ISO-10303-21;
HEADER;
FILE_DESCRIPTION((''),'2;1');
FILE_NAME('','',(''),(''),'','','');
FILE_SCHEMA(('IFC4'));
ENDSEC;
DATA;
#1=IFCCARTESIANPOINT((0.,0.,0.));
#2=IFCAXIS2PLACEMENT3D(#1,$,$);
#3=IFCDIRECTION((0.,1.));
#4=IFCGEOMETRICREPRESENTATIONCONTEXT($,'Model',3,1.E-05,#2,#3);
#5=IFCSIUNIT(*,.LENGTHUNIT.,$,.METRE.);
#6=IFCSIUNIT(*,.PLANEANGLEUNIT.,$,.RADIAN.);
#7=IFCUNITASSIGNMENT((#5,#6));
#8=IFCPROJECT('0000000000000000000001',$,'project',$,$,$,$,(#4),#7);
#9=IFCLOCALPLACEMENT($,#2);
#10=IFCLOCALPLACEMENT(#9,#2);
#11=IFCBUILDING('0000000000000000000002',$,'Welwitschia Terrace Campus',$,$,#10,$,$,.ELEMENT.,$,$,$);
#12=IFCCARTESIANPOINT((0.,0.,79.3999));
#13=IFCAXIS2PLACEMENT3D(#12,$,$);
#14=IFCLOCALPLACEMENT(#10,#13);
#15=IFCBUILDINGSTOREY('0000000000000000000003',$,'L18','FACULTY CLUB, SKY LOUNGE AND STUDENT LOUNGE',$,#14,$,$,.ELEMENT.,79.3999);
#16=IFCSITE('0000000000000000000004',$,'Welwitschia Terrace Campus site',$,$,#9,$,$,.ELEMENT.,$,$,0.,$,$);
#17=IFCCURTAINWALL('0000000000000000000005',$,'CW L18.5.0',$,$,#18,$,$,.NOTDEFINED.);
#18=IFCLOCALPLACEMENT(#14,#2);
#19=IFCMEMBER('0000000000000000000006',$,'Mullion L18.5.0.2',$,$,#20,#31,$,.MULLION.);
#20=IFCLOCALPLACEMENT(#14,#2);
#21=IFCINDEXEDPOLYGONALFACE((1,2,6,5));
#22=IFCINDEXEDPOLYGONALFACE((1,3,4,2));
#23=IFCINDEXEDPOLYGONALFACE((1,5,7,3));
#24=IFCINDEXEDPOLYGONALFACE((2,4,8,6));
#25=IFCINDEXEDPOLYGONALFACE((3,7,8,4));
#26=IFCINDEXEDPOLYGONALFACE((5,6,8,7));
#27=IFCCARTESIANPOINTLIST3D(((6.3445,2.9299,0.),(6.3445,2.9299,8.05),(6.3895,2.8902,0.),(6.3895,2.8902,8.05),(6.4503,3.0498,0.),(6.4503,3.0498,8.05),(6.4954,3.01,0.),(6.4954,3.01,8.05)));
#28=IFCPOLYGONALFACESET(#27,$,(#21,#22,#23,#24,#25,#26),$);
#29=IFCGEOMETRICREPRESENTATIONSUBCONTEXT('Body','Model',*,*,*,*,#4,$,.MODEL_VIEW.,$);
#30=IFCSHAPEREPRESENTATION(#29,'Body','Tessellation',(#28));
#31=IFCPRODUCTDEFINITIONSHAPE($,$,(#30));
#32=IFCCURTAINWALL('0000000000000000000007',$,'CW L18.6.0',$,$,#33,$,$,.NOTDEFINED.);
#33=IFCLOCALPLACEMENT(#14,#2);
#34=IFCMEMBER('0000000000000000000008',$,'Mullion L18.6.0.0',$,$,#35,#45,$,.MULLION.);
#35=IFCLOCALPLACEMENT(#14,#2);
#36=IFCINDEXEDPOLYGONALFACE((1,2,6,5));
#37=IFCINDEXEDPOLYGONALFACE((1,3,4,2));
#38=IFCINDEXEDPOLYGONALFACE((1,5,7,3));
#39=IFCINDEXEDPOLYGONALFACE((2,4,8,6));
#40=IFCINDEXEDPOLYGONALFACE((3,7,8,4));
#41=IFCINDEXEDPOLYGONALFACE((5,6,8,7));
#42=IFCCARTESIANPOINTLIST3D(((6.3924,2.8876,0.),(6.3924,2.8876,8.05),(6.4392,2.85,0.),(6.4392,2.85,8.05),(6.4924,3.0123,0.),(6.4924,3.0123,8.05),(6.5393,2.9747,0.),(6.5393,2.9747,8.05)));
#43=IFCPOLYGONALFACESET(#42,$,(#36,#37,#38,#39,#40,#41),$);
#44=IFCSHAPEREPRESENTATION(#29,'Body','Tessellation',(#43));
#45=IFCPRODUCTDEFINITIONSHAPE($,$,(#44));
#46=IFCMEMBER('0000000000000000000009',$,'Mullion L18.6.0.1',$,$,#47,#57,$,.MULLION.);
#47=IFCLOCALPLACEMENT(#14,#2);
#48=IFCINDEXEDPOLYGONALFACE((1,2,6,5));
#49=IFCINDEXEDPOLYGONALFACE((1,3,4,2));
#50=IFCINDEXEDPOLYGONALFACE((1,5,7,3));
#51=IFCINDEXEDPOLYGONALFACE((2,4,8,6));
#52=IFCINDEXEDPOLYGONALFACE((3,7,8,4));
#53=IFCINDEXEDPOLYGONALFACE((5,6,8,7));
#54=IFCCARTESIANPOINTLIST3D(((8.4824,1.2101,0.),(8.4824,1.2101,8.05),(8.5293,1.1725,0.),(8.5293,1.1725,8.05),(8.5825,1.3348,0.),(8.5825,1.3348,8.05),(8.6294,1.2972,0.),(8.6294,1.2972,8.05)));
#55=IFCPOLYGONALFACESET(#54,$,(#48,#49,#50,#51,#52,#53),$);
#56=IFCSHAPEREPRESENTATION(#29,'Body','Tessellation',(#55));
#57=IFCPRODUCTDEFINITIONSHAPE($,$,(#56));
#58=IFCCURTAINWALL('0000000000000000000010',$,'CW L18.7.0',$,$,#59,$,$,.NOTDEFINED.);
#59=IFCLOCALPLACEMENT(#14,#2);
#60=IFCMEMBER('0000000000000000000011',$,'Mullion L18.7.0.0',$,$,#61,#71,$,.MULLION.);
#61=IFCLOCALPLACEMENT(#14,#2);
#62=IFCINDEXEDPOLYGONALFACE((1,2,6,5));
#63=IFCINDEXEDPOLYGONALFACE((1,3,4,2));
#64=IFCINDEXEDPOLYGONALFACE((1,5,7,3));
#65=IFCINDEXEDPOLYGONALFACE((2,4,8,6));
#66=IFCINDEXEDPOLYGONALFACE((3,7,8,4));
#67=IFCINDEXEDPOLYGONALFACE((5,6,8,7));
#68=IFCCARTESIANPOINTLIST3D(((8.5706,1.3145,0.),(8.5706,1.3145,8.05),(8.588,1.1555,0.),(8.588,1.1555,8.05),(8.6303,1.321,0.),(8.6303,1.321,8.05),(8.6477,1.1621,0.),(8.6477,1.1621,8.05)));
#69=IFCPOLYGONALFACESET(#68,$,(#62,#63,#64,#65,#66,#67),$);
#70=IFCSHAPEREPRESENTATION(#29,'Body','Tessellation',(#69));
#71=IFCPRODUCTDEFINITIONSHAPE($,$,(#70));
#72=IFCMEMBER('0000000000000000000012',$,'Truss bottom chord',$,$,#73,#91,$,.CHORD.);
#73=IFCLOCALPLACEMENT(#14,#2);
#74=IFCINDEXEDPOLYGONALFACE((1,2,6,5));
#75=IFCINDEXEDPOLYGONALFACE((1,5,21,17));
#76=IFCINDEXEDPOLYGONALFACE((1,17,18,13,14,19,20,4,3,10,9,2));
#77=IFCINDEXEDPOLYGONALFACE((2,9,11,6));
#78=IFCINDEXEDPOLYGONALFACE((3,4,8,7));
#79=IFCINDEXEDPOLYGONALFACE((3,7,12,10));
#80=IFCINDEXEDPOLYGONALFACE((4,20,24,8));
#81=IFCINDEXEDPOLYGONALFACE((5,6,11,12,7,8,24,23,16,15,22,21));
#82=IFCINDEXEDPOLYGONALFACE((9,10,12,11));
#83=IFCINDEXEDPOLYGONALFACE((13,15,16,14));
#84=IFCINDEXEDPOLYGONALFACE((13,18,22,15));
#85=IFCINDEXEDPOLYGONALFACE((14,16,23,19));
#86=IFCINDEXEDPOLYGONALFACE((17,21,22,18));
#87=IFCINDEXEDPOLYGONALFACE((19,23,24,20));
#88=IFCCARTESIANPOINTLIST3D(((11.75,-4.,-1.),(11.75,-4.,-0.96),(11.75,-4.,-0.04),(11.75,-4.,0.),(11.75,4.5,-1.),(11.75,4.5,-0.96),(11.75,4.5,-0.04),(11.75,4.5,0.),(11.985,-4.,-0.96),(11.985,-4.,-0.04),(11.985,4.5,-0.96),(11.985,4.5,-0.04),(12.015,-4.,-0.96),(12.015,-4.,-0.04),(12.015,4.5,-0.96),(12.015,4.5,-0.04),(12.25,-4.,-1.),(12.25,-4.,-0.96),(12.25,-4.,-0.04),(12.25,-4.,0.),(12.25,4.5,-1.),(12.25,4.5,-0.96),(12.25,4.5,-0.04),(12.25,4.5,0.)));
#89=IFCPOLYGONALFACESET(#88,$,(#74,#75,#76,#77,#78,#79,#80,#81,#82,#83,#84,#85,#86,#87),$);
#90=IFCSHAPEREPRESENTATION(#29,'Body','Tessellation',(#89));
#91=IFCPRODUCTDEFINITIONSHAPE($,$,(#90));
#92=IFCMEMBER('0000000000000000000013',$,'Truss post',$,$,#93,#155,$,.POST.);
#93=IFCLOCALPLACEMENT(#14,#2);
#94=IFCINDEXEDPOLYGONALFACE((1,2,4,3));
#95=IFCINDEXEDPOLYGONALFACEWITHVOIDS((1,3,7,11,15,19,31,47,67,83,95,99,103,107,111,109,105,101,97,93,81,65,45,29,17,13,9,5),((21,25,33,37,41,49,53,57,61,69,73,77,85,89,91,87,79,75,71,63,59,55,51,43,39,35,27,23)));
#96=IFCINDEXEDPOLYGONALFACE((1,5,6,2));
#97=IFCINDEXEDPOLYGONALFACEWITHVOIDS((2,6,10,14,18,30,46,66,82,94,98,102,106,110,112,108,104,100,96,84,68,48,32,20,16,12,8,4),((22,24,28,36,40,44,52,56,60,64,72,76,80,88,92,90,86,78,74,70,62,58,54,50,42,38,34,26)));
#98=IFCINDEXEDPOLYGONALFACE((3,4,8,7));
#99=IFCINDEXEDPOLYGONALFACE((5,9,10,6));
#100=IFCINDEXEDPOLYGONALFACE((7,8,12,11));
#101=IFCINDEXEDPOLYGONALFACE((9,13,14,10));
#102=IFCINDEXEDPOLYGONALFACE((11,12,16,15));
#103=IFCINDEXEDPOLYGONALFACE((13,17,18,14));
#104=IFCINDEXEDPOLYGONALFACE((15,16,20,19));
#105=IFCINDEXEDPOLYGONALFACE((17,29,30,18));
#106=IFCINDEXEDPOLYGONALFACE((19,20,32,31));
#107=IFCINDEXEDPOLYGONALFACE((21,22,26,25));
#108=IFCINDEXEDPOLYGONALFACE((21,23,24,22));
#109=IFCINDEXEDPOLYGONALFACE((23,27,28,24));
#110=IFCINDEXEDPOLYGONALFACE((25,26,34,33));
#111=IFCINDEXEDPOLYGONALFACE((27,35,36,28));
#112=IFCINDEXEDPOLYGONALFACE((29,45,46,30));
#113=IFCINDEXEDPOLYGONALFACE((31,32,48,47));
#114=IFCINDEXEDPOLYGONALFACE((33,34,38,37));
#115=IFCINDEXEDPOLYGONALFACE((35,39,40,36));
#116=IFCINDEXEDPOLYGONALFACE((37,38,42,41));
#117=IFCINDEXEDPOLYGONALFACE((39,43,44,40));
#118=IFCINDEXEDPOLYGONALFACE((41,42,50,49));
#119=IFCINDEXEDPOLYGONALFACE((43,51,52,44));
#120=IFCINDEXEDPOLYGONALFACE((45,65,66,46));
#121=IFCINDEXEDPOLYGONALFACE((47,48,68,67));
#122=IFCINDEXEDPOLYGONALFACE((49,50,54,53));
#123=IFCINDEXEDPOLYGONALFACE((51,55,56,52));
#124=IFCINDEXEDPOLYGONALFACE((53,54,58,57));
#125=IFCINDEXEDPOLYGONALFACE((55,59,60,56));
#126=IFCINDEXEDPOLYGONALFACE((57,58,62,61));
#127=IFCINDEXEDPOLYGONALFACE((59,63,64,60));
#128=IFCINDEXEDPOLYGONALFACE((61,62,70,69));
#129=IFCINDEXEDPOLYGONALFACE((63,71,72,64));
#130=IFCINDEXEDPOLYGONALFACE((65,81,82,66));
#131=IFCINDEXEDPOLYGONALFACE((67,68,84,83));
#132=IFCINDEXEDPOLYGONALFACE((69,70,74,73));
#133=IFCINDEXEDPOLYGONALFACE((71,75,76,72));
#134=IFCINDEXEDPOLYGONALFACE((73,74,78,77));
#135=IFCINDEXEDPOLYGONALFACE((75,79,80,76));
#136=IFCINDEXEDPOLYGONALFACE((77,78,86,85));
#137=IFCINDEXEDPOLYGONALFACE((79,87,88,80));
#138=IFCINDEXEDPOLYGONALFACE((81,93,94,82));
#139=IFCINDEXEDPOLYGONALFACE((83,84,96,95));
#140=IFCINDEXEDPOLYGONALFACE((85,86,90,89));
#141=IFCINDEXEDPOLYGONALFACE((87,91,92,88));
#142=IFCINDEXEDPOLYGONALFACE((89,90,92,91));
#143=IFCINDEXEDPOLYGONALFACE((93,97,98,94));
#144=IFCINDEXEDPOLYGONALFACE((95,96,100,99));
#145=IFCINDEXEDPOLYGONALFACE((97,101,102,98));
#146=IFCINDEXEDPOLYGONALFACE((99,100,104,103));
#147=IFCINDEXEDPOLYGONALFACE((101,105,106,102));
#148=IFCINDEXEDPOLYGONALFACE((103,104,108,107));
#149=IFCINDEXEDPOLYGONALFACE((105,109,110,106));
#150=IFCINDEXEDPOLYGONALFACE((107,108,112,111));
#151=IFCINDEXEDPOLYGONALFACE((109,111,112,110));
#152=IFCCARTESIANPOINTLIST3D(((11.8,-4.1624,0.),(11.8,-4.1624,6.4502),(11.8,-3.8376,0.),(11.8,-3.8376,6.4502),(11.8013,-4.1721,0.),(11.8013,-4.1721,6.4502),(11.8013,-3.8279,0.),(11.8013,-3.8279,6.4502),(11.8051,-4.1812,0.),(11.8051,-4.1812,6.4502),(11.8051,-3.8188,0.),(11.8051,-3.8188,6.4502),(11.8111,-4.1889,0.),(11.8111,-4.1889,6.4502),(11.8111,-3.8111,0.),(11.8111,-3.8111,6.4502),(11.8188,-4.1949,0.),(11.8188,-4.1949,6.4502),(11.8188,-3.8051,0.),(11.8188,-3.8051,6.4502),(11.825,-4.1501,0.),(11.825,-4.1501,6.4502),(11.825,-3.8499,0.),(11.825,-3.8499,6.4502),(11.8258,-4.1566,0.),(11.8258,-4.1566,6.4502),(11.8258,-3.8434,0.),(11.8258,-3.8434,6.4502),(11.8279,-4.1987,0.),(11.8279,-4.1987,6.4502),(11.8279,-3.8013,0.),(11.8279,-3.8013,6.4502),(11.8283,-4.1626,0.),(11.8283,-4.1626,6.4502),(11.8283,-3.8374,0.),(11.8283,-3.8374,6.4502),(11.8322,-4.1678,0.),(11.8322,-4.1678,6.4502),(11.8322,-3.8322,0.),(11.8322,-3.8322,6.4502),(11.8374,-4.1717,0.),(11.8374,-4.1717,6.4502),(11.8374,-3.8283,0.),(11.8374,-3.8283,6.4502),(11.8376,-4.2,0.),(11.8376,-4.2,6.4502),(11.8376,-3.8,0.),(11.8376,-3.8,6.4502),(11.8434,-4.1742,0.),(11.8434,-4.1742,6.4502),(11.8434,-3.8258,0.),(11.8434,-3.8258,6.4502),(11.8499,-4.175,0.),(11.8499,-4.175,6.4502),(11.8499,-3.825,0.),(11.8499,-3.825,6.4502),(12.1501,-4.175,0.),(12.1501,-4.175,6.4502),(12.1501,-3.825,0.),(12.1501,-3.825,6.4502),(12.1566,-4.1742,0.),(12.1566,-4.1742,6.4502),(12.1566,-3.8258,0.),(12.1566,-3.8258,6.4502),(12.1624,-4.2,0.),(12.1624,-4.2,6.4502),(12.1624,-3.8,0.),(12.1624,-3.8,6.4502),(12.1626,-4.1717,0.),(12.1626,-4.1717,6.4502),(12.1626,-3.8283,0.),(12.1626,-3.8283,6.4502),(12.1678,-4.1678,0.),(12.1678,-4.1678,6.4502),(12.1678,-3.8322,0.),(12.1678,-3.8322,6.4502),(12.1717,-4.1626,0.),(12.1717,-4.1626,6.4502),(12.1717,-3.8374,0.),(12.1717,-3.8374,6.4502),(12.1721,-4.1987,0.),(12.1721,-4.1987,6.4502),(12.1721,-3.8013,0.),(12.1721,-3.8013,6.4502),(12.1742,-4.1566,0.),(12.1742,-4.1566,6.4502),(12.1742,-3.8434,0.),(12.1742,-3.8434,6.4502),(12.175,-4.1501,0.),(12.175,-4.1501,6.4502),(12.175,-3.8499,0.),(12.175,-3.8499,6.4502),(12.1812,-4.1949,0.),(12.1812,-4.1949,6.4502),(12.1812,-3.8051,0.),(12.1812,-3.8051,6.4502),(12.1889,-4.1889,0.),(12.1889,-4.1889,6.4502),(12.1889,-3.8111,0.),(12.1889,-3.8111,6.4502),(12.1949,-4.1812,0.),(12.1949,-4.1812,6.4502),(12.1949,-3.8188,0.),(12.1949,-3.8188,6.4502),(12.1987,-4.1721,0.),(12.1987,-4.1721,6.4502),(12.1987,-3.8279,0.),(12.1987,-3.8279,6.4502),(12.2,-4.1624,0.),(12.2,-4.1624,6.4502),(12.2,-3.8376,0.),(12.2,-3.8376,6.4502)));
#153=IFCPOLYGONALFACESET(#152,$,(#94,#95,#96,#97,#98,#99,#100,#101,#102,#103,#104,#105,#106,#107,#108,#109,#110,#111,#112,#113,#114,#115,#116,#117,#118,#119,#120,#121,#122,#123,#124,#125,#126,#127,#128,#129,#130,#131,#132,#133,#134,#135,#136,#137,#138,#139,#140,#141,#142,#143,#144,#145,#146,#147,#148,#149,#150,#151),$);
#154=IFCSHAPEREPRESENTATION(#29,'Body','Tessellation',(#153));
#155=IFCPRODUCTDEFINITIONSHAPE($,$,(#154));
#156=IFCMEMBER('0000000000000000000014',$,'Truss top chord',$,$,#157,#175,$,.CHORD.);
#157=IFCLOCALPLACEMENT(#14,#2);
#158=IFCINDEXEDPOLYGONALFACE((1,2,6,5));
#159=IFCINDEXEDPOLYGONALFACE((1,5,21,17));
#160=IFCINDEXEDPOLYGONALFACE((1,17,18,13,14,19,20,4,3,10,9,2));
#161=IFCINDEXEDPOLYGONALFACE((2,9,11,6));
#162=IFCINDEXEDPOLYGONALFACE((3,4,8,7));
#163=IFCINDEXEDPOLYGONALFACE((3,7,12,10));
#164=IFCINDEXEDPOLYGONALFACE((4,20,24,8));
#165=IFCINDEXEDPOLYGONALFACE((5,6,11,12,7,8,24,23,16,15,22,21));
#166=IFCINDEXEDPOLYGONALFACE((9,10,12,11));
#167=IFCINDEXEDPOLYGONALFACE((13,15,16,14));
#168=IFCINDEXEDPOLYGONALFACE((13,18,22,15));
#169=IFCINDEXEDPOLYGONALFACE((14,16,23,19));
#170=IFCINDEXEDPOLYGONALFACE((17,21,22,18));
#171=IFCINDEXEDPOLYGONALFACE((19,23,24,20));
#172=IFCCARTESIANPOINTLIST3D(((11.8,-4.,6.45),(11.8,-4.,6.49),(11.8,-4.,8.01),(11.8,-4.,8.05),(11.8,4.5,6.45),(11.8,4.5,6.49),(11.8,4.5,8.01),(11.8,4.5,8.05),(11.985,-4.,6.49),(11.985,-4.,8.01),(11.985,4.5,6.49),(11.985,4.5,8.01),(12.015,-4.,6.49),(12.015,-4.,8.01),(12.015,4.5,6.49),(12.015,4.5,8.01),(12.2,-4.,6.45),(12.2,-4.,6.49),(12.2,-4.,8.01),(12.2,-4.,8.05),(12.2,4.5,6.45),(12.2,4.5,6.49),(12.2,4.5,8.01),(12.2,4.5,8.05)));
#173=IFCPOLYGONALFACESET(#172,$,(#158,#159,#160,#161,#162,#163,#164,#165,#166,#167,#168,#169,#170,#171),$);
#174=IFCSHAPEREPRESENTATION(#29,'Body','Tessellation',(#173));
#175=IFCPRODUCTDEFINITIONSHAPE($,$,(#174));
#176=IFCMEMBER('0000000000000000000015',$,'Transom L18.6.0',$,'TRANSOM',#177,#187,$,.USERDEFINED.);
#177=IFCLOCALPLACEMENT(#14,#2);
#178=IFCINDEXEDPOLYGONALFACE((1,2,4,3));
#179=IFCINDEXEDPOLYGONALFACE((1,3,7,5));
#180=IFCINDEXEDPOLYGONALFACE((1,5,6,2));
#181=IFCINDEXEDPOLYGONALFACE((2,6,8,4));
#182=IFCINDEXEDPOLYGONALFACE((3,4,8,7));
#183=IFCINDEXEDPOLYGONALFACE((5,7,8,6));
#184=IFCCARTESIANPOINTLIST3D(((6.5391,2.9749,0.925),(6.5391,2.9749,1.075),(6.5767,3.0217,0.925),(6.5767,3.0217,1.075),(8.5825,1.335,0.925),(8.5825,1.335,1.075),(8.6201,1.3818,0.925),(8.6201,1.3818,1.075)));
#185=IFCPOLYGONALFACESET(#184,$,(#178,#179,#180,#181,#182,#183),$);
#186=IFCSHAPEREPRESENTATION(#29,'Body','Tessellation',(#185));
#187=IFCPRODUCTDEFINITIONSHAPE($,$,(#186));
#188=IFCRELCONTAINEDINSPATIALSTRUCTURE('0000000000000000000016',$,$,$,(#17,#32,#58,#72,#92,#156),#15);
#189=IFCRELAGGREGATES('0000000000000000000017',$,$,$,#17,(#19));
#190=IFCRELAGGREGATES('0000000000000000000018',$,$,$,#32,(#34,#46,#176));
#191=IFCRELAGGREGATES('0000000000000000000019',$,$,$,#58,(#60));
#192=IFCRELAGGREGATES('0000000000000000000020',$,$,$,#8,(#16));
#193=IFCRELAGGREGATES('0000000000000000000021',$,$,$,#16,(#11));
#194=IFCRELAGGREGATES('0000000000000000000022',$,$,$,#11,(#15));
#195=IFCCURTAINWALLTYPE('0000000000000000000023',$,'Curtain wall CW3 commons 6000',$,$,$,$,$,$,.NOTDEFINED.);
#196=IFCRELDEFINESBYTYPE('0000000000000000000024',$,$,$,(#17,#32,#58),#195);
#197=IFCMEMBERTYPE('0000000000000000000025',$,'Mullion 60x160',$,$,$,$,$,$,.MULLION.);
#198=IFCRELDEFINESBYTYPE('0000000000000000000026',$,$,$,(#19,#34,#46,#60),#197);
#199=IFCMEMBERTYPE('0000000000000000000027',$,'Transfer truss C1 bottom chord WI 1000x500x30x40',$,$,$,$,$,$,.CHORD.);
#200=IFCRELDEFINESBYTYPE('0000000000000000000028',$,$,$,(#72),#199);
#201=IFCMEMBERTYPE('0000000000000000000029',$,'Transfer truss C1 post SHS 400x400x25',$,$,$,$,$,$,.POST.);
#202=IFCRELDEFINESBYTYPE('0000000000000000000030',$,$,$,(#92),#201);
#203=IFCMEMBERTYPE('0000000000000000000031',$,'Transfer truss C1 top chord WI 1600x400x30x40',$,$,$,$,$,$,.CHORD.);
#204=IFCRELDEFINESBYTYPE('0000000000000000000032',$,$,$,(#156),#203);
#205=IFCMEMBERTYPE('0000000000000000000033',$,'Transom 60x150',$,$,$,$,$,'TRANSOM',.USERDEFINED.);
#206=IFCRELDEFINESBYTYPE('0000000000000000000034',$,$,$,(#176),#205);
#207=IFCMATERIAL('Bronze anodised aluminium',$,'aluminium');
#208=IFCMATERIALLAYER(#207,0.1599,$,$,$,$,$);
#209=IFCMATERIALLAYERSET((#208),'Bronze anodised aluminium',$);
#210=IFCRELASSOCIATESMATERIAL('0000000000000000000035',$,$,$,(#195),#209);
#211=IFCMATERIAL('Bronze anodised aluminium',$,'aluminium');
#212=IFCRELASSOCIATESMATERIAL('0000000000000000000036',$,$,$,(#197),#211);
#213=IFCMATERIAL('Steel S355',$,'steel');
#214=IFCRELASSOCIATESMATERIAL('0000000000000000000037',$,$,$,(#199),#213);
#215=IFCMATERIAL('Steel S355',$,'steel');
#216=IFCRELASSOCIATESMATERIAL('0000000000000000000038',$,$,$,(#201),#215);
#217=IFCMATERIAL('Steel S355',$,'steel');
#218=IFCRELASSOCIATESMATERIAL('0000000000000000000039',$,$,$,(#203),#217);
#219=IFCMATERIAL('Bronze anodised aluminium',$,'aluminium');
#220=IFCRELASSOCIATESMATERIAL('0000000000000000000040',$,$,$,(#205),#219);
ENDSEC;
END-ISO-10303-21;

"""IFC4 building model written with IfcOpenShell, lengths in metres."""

from ifc_helpers import new_model, si_unit, direction, frame, origin, origin_2d, place, context, subcontext, project, spatial, rectangle, hollow_rectangle, i_section, extrude, material, layer, layer_set, material_profile, profile_set, type_object, element, aggregate, save


model = new_model("IFC4")

# Units and contexts
model_context = context("Model", 3, precision=1e-05, world=origin(), true_north=direction((0.0, 1.0)))
body_context = subcontext(model_context, "Body", "Model", "MODEL_VIEW")
ifc_project = project(units=[si_unit("LENGTHUNIT", "METRE"), si_unit("PLANEANGLEUNIT", "RADIAN")], contexts=[model_context])

# Site, building, storey
site_placement = place(None, origin())
site = spatial("IfcSite", under=ifc_project, at=site_placement, Name="Welwitschia Terrace Campus site", CompositionType="ELEMENT", RefElevation=0.0)
building_placement = place(site_placement, origin())
building = spatial("IfcBuilding", under=site, at=building_placement, Name="Welwitschia Terrace Campus", CompositionType="ELEMENT")
storey_placement = place(building_placement, frame((0.0, 0.0, 79.3999)))
storey = spatial("IfcBuildingStorey", under=building, at=storey_placement, Name="L18", Description="FACULTY CLUB, SKY LOUNGE AND STUDENT LOUNGE", CompositionType="ELEMENT", Elevation=79.3999)

# Curtain wall, member
ifc_material_1 = material(Name="Bronze anodised aluminium", Category="aluminium")
ifc_layer_1 = layer(ifc_material_1, 0.1599)
ifc_layer_set_1 = layer_set([ifc_layer_1], Name="Bronze anodised aluminium")
curtain_wall_type = type_object("IfcCurtainWallType", Name="Curtain wall CW3 commons 6000", PredefinedType="NOTDEFINED", material=ifc_layer_set_1)
curtain_wall_1_placement = place(storey_placement, origin())
curtain_wall_1 = element("IfcCurtainWall", 1, at=curtain_wall_1_placement, inside=storey, type_object=curtain_wall_type, Name="CW L18.5.0", PredefinedType="NOTDEFINED")
ifc_material_2 = material(Name="Bronze anodised aluminium", Category="aluminium")
ifc_material_profile_1 = material_profile(ifc_material_2, rectangle(XDim=0.1599, YDim=0.0601, at=origin_2d()))
ifc_profile_set_1 = profile_set([ifc_material_profile_1], Name="Bronze anodised aluminium")
member_type_1 = type_object("IfcMemberType", Name="Mullion 60x160", PredefinedType="MULLION", material=ifc_profile_set_1)
member_1_placement = place(storey_placement, frame((6.4199, 2.97, 0.0), z_axis=(0.0, 0.0, 1.0), x_axis=(0.661858, 0.74963, 0.0)))
member_1 = element("IfcMember", 2, at=member_1_placement, type_object=member_type_1, Name="Mullion L18.5.0.2", PredefinedType="MULLION", context=body_context, shape_type="SweptSolid", body=[
    extrude(rectangle(XDim=0.1599, YDim=0.0601, at=origin_2d()), origin(), (0.0, 0.0, 1.0), 8.05),
])
aggregate(curtain_wall_1, [member_1])

# Curtain wall, members
curtain_wall_2_placement = place(storey_placement, origin())
curtain_wall_2 = element("IfcCurtainWall", 3, at=curtain_wall_2_placement, inside=storey, type_object=curtain_wall_type, Name="CW L18.6.0", PredefinedType="NOTDEFINED")
member_2_placement = place(storey_placement, frame((6.4658, 2.9312, 0.0), z_axis=(0.0, 0.0, 1.0), x_axis=(0.625923, 0.779884, 0.0)))
member_2 = element("IfcMember", 4, at=member_2_placement, type_object=member_type_1, Name="Mullion L18.6.0.0", PredefinedType="MULLION", context=body_context, shape_type="SweptSolid", body=[
    extrude(rectangle(XDim=0.1599, YDim=0.0601, at=origin_2d()), origin(), (0.0, 0.0, 1.0), 8.05),
])
member_3_placement = place(storey_placement, frame((8.5559, 1.2537, 0.0), z_axis=(0.0, 0.0, 1.0), x_axis=(0.625923, 0.779884, 0.0)))
member_3 = element("IfcMember", 5, at=member_3_placement, type_object=member_type_1, Name="Mullion L18.6.0.1", PredefinedType="MULLION", context=body_context, shape_type="SweptSolid", body=[
    extrude(rectangle(XDim=0.1599, YDim=0.0601, at=origin_2d()), origin(), (0.0, 0.0, 1.0), 8.05),
])

# Curtain wall, member
curtain_wall_3_placement = place(storey_placement, origin())
curtain_wall_3 = element("IfcCurtainWall", 6, at=curtain_wall_3_placement, inside=storey, type_object=curtain_wall_type, Name="CW L18.7.0", PredefinedType="NOTDEFINED")
member_4_placement = place(storey_placement, frame((8.6091, 1.2383, 0.0), z_axis=(0.0, 0.0, 1.0), x_axis=(-0.108867, 0.994056, 0.0)))
member_4 = element("IfcMember", 7, at=member_4_placement, type_object=member_type_1, Name="Mullion L18.7.0.0", PredefinedType="MULLION", context=body_context, shape_type="SweptSolid", body=[
    extrude(rectangle(XDim=0.1599, YDim=0.0601, at=origin_2d()), origin(), (0.0, 0.0, 1.0), 8.05),
])

# Members
ifc_material_3 = material(Name="Steel S355", Category="steel")
ifc_material_profile_2 = material_profile(ifc_material_3, i_section(OverallWidth=0.5, OverallDepth=1.0, WebThickness=0.03, FlangeThickness=0.04, at=origin_2d()))
ifc_profile_set_2 = profile_set([ifc_material_profile_2], Name="Steel S355")
member_type_2 = type_object("IfcMemberType", Name="Transfer truss C1 bottom chord WI 1000x500x30x40", PredefinedType="CHORD", material=ifc_profile_set_2)
member_5_placement = place(storey_placement, frame((12.0, -4.0, -0.5), z_axis=(0.0, 1.0, 0.0), x_axis=(-1.0, 0.0, 0.0)))
element("IfcMember", 8, at=member_5_placement, inside=storey, type_object=member_type_2, Name="Truss bottom chord", PredefinedType="CHORD", context=body_context, shape_type="SweptSolid", body=[
    extrude(i_section(OverallWidth=0.5, OverallDepth=1.0, WebThickness=0.03, FlangeThickness=0.04, at=origin_2d()), origin(), (0.0, 0.0, 1.0), 8.5),
])
ifc_material_4 = material(Name="Steel S355", Category="steel")
ifc_material_profile_3 = material_profile(ifc_material_4, hollow_rectangle(XDim=0.3999, YDim=0.3999, WallThickness=0.0249, InnerFilletRadius=0.0249, OuterFilletRadius=0.0376, at=origin_2d()))
ifc_profile_set_3 = profile_set([ifc_material_profile_3], Name="Steel S355")
member_type_3 = type_object("IfcMemberType", Name="Transfer truss C1 post SHS 400x400x25", PredefinedType="POST", material=ifc_profile_set_3)
member_6_placement = place(storey_placement, frame((12.0, -4.0, 0.0), z_axis=(0.0, 0.0, 1.0), x_axis=(1.0, 0.0, 0.0)))
element("IfcMember", 9, at=member_6_placement, inside=storey, type_object=member_type_3, Name="Truss post", PredefinedType="POST", context=body_context, shape_type="SweptSolid", body=[
    extrude(hollow_rectangle(XDim=0.3999, YDim=0.3999, WallThickness=0.0249, InnerFilletRadius=0.0249, OuterFilletRadius=0.0376, at=origin_2d()), origin(), (0.0, 0.0, 1.0), 6.4502),
])
ifc_material_5 = material(Name="Steel S355", Category="steel")
ifc_material_profile_4 = material_profile(ifc_material_5, i_section(OverallWidth=0.3999, OverallDepth=1.6001, WebThickness=0.03, FlangeThickness=0.04, at=origin_2d()))
ifc_profile_set_4 = profile_set([ifc_material_profile_4], Name="Steel S355")
member_type_4 = type_object("IfcMemberType", Name="Transfer truss C1 top chord WI 1600x400x30x40", PredefinedType="CHORD", material=ifc_profile_set_4)
member_7_placement = place(storey_placement, frame((12.0, -4.0, 7.25), z_axis=(0.0, 1.0, 0.0), x_axis=(-1.0, 0.0, 0.0)))
element("IfcMember", 10, at=member_7_placement, inside=storey, type_object=member_type_4, Name="Truss top chord", PredefinedType="CHORD", context=body_context, shape_type="SweptSolid", body=[
    extrude(i_section(OverallWidth=0.3999, OverallDepth=1.6001, WebThickness=0.03, FlangeThickness=0.04, at=origin_2d()), origin(), (0.0, 0.0, 1.0), 8.5),
])

# Member
ifc_material_6 = material(Name="Bronze anodised aluminium", Category="aluminium")
ifc_material_profile_5 = material_profile(ifc_material_6, rectangle(XDim=0.0601, YDim=0.1499, at=origin_2d()))
ifc_profile_set_5 = profile_set([ifc_material_profile_5], Name="Bronze anodised aluminium")
member_type_5 = type_object("IfcMemberType", Name="Transom 60x150", ElementType="TRANSOM", PredefinedType="USERDEFINED", material=ifc_profile_set_5)
member_8_placement = place(storey_placement, frame((6.5579, 2.9983, 1.0), z_axis=(0.779913, -0.625887, 0.0), x_axis=(0.625887, 0.779913, 0.0)))
member_8 = element("IfcMember", 11, at=member_8_placement, type_object=member_type_5, Name="Transom L18.6.0", ObjectType="TRANSOM", PredefinedType="USERDEFINED", context=body_context, shape_type="SweptSolid", body=[
    extrude(rectangle(XDim=0.0601, YDim=0.1499, at=origin_2d()), origin(), (0.0, 0.0, 1.0), 2.6201),
])

aggregate(curtain_wall_2, [member_2, member_3, member_8])
aggregate(curtain_wall_3, [member_4])

save(model, "model.ifc")
